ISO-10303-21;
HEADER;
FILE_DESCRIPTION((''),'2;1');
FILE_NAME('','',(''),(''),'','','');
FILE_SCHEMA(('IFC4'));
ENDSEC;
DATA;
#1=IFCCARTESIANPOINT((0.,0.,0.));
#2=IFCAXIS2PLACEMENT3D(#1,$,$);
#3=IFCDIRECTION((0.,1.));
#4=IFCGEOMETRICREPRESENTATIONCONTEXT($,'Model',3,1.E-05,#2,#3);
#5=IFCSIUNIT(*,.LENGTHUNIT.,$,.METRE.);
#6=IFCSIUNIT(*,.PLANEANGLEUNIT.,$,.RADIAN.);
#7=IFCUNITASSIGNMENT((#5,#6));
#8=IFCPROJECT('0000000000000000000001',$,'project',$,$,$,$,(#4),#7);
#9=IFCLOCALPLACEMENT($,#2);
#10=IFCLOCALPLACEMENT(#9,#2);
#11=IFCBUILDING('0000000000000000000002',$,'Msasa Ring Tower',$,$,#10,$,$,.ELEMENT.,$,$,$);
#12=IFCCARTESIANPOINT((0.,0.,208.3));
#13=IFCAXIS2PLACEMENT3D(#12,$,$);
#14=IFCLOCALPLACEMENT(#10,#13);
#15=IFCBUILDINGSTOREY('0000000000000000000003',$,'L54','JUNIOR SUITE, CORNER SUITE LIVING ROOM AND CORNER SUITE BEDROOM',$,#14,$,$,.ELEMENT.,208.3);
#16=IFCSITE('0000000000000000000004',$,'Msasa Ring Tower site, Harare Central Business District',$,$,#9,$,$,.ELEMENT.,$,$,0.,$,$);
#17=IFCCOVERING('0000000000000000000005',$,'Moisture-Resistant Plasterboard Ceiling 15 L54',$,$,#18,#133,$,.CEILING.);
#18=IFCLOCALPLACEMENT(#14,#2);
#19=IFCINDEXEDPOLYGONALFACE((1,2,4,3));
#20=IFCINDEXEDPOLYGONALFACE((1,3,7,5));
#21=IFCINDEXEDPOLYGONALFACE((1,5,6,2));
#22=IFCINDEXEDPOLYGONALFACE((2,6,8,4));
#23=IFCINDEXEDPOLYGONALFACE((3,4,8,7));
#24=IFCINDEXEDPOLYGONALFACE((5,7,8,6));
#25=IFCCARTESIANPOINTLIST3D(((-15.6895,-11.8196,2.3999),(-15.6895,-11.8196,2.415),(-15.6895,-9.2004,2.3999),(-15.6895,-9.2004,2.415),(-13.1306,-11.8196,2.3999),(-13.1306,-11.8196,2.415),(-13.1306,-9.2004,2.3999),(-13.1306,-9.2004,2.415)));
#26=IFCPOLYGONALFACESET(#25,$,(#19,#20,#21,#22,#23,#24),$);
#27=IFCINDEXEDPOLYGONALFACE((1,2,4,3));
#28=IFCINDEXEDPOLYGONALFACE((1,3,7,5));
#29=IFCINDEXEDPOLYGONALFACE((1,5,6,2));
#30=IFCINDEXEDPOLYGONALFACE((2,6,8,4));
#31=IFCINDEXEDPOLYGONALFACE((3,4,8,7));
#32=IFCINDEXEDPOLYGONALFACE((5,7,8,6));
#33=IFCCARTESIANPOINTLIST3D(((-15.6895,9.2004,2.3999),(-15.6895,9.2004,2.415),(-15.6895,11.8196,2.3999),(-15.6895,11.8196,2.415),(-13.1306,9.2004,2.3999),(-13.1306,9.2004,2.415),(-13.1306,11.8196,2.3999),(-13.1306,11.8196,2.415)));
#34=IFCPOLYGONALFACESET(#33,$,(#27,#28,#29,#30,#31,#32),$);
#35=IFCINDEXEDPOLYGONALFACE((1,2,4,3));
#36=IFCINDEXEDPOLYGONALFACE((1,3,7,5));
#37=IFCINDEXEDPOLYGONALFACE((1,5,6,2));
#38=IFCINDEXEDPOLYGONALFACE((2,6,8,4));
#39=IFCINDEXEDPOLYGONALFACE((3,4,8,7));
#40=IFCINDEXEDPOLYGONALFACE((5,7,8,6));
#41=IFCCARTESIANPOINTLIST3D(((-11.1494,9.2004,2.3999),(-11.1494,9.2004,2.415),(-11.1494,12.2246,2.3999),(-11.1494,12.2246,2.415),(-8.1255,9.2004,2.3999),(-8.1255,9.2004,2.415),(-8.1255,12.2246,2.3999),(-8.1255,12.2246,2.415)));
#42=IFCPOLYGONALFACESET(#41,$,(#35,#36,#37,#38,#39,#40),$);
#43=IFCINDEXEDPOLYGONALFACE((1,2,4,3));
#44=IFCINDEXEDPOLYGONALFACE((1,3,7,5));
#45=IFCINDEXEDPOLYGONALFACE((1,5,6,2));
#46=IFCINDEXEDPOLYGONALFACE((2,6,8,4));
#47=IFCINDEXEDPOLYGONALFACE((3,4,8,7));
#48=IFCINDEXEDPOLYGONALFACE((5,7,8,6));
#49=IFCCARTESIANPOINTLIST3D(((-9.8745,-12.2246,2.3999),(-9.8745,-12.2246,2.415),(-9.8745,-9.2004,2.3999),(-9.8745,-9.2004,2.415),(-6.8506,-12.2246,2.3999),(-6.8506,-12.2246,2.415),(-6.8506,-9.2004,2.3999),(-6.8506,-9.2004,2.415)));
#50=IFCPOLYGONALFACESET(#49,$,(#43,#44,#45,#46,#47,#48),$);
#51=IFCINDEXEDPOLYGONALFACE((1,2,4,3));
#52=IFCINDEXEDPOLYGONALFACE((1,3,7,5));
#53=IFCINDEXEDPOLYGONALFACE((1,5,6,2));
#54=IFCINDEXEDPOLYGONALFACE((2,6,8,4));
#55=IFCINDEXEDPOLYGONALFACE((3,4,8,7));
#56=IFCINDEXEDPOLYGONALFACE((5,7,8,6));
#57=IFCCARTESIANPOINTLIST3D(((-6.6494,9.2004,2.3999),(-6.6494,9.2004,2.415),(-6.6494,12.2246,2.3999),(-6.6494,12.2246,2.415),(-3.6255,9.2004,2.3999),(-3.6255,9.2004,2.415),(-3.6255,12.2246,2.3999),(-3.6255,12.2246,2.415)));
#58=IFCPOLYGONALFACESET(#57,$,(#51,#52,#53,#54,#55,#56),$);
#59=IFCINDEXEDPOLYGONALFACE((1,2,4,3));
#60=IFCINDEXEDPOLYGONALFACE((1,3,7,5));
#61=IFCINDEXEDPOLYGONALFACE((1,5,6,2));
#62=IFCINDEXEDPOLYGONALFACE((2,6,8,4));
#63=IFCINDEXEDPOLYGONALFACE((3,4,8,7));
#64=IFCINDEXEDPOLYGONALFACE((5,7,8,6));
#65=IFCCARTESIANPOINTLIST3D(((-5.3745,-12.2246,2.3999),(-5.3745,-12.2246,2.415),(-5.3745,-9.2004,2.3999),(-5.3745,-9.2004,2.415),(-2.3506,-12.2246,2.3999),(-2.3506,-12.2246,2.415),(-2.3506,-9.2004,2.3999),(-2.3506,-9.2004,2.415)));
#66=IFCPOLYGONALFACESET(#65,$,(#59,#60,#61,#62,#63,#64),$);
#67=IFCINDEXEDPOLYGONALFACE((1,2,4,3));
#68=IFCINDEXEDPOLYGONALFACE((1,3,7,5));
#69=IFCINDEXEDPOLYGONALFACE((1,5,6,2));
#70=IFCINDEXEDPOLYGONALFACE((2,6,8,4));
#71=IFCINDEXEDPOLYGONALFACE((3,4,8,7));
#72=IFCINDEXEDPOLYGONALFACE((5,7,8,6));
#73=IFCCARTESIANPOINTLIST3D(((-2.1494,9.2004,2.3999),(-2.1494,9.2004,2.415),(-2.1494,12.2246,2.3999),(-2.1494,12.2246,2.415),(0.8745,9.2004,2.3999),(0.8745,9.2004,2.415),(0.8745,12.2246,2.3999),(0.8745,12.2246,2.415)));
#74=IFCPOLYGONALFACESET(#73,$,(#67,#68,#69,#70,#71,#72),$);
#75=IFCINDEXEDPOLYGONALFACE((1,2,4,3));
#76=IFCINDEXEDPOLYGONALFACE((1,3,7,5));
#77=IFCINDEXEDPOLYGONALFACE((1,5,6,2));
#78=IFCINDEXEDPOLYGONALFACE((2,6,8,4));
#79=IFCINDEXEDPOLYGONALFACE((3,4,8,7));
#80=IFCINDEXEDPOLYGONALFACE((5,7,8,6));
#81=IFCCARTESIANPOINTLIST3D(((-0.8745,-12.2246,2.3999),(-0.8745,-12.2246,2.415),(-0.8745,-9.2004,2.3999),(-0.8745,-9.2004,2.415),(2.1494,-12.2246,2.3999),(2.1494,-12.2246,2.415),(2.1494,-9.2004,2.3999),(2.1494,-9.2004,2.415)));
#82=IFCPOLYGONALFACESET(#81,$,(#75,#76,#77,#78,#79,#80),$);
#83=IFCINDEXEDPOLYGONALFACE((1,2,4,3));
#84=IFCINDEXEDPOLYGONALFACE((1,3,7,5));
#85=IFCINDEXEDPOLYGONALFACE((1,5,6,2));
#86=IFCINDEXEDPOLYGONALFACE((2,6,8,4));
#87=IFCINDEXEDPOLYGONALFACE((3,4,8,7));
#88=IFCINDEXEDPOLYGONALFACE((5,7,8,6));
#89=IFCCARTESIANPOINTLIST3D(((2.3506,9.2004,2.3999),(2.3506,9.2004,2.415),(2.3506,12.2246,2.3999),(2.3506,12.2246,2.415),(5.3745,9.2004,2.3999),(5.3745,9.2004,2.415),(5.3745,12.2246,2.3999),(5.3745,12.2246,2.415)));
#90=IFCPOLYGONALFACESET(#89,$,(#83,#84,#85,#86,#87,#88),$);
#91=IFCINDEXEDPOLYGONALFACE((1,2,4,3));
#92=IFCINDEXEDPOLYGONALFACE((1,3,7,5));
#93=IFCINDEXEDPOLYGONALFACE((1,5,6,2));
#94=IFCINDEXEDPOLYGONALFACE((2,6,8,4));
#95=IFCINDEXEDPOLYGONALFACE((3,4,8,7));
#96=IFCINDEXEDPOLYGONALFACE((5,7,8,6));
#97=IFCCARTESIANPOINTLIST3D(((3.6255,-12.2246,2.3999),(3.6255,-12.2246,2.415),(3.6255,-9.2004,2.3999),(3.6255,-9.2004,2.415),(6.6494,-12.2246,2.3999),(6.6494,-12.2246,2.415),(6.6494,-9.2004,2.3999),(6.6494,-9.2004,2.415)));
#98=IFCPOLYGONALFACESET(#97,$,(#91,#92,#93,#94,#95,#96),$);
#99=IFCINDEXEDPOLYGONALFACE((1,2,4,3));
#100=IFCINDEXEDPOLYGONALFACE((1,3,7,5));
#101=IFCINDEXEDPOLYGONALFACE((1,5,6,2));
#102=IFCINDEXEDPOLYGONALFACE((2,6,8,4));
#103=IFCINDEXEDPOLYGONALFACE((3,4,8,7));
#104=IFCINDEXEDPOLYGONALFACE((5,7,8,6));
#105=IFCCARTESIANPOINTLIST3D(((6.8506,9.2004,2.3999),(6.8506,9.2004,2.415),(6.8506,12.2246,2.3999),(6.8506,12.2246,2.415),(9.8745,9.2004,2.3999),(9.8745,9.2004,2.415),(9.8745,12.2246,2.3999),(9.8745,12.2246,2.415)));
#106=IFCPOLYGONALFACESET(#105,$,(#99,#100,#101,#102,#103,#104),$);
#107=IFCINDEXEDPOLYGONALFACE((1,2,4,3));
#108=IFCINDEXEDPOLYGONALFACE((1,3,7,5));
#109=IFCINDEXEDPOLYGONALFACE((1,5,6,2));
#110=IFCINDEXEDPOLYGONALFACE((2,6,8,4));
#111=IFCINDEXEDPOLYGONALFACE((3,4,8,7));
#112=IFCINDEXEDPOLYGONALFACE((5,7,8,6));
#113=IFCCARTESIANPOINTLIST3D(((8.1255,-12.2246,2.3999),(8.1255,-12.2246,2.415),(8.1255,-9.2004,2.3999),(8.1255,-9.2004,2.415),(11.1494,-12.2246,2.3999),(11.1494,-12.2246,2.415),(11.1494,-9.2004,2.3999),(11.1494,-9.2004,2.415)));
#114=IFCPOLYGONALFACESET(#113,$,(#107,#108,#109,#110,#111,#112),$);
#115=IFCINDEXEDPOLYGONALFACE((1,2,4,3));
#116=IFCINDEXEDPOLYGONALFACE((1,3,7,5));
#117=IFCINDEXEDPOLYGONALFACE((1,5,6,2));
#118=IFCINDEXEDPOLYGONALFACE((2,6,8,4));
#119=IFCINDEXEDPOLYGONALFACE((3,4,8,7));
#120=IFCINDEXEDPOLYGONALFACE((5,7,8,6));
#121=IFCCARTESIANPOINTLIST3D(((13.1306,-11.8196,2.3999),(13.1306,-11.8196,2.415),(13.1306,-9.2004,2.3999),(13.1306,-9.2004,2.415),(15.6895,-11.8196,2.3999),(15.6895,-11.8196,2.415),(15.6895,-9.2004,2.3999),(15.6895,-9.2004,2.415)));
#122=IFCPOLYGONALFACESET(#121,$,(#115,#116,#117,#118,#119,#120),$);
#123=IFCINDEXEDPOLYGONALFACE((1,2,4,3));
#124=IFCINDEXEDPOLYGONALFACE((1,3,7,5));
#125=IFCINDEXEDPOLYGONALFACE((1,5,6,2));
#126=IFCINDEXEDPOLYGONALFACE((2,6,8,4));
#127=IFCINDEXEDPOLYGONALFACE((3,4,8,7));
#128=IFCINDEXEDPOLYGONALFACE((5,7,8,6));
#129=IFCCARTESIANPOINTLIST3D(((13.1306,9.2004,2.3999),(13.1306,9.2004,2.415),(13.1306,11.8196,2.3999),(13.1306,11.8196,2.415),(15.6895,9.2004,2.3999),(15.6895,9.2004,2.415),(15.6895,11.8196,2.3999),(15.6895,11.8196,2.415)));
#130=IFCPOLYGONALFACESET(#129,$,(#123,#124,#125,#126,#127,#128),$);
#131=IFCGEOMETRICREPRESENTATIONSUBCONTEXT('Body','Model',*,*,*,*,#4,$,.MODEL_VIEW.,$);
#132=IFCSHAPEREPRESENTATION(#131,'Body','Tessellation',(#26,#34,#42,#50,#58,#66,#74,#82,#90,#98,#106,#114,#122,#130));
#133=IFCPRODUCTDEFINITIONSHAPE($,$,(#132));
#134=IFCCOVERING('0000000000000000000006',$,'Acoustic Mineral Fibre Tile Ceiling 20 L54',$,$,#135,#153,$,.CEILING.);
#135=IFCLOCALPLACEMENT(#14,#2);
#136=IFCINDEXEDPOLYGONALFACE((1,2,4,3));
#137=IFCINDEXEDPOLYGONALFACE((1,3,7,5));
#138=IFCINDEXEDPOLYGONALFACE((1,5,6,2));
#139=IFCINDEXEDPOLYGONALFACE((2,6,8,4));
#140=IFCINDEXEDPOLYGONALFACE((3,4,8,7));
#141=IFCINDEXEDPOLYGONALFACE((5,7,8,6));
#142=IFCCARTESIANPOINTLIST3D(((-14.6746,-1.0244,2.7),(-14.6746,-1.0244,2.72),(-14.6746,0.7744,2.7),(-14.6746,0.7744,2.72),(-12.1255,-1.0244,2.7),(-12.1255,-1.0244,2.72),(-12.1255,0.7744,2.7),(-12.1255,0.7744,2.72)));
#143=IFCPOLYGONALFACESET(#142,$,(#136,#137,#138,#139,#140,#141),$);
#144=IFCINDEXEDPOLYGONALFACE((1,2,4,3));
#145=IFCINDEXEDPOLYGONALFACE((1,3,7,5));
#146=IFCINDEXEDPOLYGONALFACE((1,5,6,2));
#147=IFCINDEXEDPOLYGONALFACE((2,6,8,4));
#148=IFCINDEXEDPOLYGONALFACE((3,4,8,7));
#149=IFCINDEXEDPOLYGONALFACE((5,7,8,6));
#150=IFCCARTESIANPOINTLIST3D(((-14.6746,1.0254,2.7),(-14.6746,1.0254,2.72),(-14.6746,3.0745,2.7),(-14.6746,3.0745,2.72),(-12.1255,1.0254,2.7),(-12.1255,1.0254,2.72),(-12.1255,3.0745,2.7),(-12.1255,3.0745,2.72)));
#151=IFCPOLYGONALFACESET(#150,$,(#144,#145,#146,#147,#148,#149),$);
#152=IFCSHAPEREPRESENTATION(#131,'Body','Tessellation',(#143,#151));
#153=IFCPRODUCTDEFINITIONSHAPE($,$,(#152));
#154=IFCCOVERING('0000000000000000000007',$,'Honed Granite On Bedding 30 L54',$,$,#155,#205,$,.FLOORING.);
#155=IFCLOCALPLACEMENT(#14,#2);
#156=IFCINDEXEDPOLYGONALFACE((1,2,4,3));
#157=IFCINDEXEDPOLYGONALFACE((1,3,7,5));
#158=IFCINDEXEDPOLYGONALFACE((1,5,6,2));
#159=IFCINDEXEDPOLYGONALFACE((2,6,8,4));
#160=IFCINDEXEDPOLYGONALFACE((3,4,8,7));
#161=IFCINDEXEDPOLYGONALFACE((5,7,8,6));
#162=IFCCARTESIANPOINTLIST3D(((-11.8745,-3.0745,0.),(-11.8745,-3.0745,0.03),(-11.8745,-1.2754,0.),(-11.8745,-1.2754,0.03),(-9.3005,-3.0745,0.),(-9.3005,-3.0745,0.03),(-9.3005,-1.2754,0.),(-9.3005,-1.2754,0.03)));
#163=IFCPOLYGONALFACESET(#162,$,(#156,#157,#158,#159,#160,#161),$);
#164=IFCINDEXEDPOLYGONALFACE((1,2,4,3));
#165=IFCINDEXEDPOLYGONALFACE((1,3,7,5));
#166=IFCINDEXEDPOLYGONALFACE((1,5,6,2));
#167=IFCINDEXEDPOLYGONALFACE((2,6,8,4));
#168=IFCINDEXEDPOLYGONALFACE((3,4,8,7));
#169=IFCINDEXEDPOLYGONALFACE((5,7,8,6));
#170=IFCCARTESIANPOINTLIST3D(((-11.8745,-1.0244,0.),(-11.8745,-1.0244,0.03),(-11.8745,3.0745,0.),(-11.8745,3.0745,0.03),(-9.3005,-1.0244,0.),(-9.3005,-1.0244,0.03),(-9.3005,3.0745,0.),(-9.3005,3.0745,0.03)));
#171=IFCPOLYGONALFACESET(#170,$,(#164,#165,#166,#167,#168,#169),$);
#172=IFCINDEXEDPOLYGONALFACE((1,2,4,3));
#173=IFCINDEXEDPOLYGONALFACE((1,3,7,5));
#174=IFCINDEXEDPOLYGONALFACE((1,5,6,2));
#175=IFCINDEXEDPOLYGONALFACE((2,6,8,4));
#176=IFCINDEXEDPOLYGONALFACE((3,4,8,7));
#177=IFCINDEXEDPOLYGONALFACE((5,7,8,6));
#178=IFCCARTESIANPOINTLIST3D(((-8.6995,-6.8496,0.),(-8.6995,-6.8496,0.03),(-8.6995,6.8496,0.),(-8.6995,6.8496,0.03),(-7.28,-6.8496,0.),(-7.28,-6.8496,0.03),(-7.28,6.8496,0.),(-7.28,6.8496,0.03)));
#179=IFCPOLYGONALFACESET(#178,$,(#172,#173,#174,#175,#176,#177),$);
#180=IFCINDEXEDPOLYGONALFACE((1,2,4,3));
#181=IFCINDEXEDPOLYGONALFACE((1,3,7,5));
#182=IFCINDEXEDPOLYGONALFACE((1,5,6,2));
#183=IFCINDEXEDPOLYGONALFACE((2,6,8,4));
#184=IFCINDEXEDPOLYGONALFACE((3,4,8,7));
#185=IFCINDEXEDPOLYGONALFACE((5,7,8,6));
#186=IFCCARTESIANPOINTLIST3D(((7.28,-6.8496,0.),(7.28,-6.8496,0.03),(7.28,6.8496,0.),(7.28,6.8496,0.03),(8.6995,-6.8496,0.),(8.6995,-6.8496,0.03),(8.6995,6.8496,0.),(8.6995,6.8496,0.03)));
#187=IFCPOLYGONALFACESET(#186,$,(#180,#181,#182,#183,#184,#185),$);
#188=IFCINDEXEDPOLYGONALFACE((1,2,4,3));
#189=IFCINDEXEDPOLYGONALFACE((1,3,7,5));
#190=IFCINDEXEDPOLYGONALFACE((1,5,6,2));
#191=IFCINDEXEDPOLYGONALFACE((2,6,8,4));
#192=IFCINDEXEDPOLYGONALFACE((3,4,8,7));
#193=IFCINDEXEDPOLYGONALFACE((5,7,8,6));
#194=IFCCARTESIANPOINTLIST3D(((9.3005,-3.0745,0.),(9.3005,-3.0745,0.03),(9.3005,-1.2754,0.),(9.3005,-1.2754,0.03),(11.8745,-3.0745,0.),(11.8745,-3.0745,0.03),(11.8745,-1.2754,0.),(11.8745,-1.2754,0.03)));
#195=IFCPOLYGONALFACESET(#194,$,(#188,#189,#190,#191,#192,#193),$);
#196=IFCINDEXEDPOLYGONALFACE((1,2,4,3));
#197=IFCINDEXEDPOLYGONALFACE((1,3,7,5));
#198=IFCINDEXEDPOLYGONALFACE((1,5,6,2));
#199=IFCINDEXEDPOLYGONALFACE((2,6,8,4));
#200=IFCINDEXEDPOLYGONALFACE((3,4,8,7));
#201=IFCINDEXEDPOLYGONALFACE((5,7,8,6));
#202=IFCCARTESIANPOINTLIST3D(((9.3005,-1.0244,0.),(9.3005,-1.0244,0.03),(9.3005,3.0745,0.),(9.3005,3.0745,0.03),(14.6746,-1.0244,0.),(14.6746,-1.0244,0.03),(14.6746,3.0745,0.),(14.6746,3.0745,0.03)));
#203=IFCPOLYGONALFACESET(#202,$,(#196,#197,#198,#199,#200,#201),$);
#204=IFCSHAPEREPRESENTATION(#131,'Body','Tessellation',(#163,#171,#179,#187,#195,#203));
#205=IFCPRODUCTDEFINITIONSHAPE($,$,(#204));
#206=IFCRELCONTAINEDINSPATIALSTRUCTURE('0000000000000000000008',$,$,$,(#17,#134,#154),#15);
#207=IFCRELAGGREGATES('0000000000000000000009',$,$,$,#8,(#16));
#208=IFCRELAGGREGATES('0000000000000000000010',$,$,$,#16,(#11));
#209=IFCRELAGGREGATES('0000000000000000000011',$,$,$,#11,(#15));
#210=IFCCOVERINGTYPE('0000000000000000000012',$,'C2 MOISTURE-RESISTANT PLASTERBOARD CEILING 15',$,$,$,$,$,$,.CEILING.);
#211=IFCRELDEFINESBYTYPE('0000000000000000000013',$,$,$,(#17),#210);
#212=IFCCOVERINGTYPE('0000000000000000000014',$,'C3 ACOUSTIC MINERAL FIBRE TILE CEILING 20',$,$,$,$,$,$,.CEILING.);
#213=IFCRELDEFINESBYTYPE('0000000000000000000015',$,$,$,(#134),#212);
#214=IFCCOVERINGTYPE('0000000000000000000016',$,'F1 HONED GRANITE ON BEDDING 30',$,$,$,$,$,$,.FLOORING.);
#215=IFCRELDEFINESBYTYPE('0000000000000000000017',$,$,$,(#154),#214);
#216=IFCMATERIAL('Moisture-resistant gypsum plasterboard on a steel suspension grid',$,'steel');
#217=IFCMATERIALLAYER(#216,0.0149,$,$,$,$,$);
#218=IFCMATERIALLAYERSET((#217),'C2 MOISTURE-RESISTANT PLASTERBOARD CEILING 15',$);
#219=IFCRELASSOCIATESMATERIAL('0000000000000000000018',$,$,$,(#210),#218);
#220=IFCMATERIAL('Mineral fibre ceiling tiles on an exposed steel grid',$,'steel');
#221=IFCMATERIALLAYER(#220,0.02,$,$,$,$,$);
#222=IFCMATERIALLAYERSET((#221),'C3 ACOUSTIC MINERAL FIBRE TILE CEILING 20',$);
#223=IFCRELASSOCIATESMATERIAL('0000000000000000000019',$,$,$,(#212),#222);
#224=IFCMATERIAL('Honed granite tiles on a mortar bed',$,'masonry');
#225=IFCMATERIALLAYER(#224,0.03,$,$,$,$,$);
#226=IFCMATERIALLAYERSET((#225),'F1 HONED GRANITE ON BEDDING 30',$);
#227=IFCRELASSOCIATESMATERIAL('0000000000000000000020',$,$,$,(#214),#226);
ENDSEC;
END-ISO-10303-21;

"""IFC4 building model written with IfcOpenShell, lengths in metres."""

from ifc_helpers import new_model, si_unit, direction, frame, origin, place, context, subcontext, project, spatial, line, indexed_curve, outline, extrude, material, layer, layer_set, type_object, element, save


model = new_model("IFC4")

# Units and contexts
model_context = context("Model", 3, precision=1e-05, world=origin(), true_north=direction((0.0, 1.0)))
body_context = subcontext(model_context, "Body", "Model", "MODEL_VIEW")
ifc_project = project(units=[si_unit("LENGTHUNIT", "METRE"), si_unit("PLANEANGLEUNIT", "RADIAN")], contexts=[model_context])

# Site, building, storey
site_placement = place(None, origin())
site = spatial("IfcSite", under=ifc_project, at=site_placement, Name="Msasa Ring Tower site, Harare Central Business District", CompositionType="ELEMENT", RefElevation=0.0)
building_placement = place(site_placement, origin())
building = spatial("IfcBuilding", under=site, at=building_placement, Name="Msasa Ring Tower", CompositionType="ELEMENT")
storey_placement = place(building_placement, frame((0.0, 0.0, 208.3)))
storey = spatial("IfcBuildingStorey", under=building, at=storey_placement, Name="L54", Description="JUNIOR SUITE, CORNER SUITE LIVING ROOM AND CORNER SUITE BEDROOM", CompositionType="ELEMENT", Elevation=208.3)

# Coverings
ifc_material_1 = material(Name="Moisture-resistant gypsum plasterboard on a steel suspension grid", Category="steel")
ifc_layer_1 = layer(ifc_material_1, 0.0149)
ifc_layer_set_1 = layer_set([ifc_layer_1], Name="C2 MOISTURE-RESISTANT PLASTERBOARD CEILING 15")
covering_type_1 = type_object("IfcCoveringType", Name="C2 MOISTURE-RESISTANT PLASTERBOARD CEILING 15", PredefinedType="CEILING", material=ifc_layer_set_1)
covering_1_placement = place(storey_placement, frame((0.0, 0.0, 2.3999)))
element("IfcCovering", 1, at=covering_1_placement, inside=storey, type_object=covering_type_1, Name="Moisture-Resistant Plasterboard Ceiling 15 L54", PredefinedType="CEILING", context=body_context, shape_type="SweptSolid", body=[
    extrude(outline(indexed_curve([(-15.6895, -9.2004), (-13.1306, -9.2004), (-13.1306, -11.8196), (-15.6895, -11.8196)], segments=[line(1, 2, 3, 4, 1)], self_intersect=False)), origin(), (0.0, 0.0, 1.0), 0.0151),
    extrude(outline(indexed_curve([(-15.6895, 11.8196), (-13.1306, 11.8196), (-13.1306, 9.2004), (-15.6895, 9.2004)], segments=[line(1, 2, 3, 4, 1)], self_intersect=False)), origin(), (0.0, 0.0, 1.0), 0.0151),
    extrude(outline(indexed_curve([(-11.1494, 12.2246), (-8.1255, 12.2246), (-8.1255, 9.2004), (-11.1494, 9.2004)], segments=[line(1, 2, 3, 4, 1)], self_intersect=False)), origin(), (0.0, 0.0, 1.0), 0.0151),
    extrude(outline(indexed_curve([(-6.8506, -9.2004), (-6.8506, -12.2246), (-9.8745, -12.2246), (-9.8745, -9.2004)], segments=[line(1, 2, 3, 4, 1)], self_intersect=False)), origin(), (0.0, 0.0, 1.0), 0.0151),
    extrude(outline(indexed_curve([(-6.6494, 9.2004), (-6.6494, 12.2246), (-3.6255, 12.2246), (-3.6255, 9.2004)], segments=[line(1, 2, 3, 4, 1)], self_intersect=False)), origin(), (0.0, 0.0, 1.0), 0.0151),
    extrude(outline(indexed_curve([(-2.3506, -9.2004), (-2.3506, -12.2246), (-5.3745, -12.2246), (-5.3745, -9.2004)], segments=[line(1, 2, 3, 4, 1)], self_intersect=False)), origin(), (0.0, 0.0, 1.0), 0.0151),
    extrude(outline(indexed_curve([(-2.1494, 12.2246), (0.8745, 12.2246), (0.8745, 9.2004), (-2.1494, 9.2004)], segments=[line(1, 2, 3, 4, 1)], self_intersect=False)), origin(), (0.0, 0.0, 1.0), 0.0151),
    extrude(outline(indexed_curve([(2.1494, -9.2004), (2.1494, -12.2246), (-0.8745, -12.2246), (-0.8745, -9.2004)], segments=[line(1, 2, 3, 4, 1)], self_intersect=False)), origin(), (0.0, 0.0, 1.0), 0.0151),
    extrude(outline(indexed_curve([(2.3506, 12.2246), (5.3745, 12.2246), (5.3745, 9.2004), (2.3506, 9.2004)], segments=[line(1, 2, 3, 4, 1)], self_intersect=False)), origin(), (0.0, 0.0, 1.0), 0.0151),
    extrude(outline(indexed_curve([(6.6494, -9.2004), (6.6494, -12.2246), (3.6255, -12.2246), (3.6255, -9.2004)], segments=[line(1, 2, 3, 4, 1)], self_intersect=False)), origin(), (0.0, 0.0, 1.0), 0.0151),
    extrude(outline(indexed_curve([(6.8506, 9.2004), (6.8506, 12.2246), (9.8745, 12.2246), (9.8745, 9.2004)], segments=[line(1, 2, 3, 4, 1)], self_intersect=False)), origin(), (0.0, 0.0, 1.0), 0.0151),
    extrude(outline(indexed_curve([(11.1494, -9.2004), (11.1494, -12.2246), (8.1255, -12.2246), (8.1255, -9.2004)], segments=[line(1, 2, 3, 4, 1)], self_intersect=False)), origin(), (0.0, 0.0, 1.0), 0.0151),
    extrude(outline(indexed_curve([(13.1306, -9.2004), (15.6895, -9.2004), (15.6895, -11.8196), (13.1306, -11.8196)], segments=[line(1, 2, 3, 4, 1)], self_intersect=False)), origin(), (0.0, 0.0, 1.0), 0.0151),
    extrude(outline(indexed_curve([(13.1306, 11.8196), (15.6895, 11.8196), (15.6895, 9.2004), (13.1306, 9.2004)], segments=[line(1, 2, 3, 4, 1)], self_intersect=False)), origin(), (0.0, 0.0, 1.0), 0.0151),
])
ifc_material_2 = material(Name="Mineral fibre ceiling tiles on an exposed steel grid", Category="steel")
ifc_layer_2 = layer(ifc_material_2, 0.02)
ifc_layer_set_2 = layer_set([ifc_layer_2], Name="C3 ACOUSTIC MINERAL FIBRE TILE CEILING 20")
covering_type_2 = type_object("IfcCoveringType", Name="C3 ACOUSTIC MINERAL FIBRE TILE CEILING 20", PredefinedType="CEILING", material=ifc_layer_set_2)
covering_2_placement = place(storey_placement, frame((0.0, 0.0, 2.7)))
element("IfcCovering", 2, at=covering_2_placement, inside=storey, type_object=covering_type_2, Name="Acoustic Mineral Fibre Tile Ceiling 20 L54", PredefinedType="CEILING", context=body_context, shape_type="SweptSolid", body=[
    extrude(outline(indexed_curve([(-12.1255, -1.0244), (-14.6746, -1.0244), (-14.6746, 0.7744), (-12.1255, 0.7744)], segments=[line(1, 2, 3, 4, 1)], self_intersect=False)), origin(), (0.0, 0.0, 1.0), 0.02),
    extrude(outline(indexed_curve([(-12.1255, 3.0745), (-12.1255, 1.0254), (-14.6746, 1.0254), (-14.6746, 3.0745)], segments=[line(1, 2, 3, 4, 1)], self_intersect=False)), origin(), (0.0, 0.0, 1.0), 0.02),
])
ifc_material_3 = material(Name="Honed granite tiles on a mortar bed", Category="masonry")
ifc_layer_3 = layer(ifc_material_3, 0.03)
ifc_layer_set_3 = layer_set([ifc_layer_3], Name="F1 HONED GRANITE ON BEDDING 30")
covering_type_3 = type_object("IfcCoveringType", Name="F1 HONED GRANITE ON BEDDING 30", PredefinedType="FLOORING", material=ifc_layer_set_3)
covering_3_placement = place(storey_placement, origin())
element("IfcCovering", 3, at=covering_3_placement, inside=storey, type_object=covering_type_3, Name="Honed Granite On Bedding 30 L54", PredefinedType="FLOORING", context=body_context, shape_type="SweptSolid", body=[
    extrude(outline(indexed_curve([(-11.8745, -3.0745), (-11.8745, -1.2754), (-9.3005, -1.2754), (-9.3005, -3.0745)], segments=[line(1, 2, 3, 4, 1)], self_intersect=False)), origin(), (0.0, 0.0, 1.0), 0.03),
    extrude(outline(indexed_curve([(-11.8745, 3.0745), (-9.3005, 3.0745), (-9.3005, -1.0244), (-11.8745, -1.0244)], segments=[line(1, 2, 3, 4, 1)], self_intersect=False)), origin(), (0.0, 0.0, 1.0), 0.03),
    extrude(outline(indexed_curve([(-8.6995, 6.8496), (-7.28, 6.8496), (-7.28, -6.8496), (-8.6995, -6.8496)], segments=[line(1, 2, 3, 4, 1)], self_intersect=False)), origin(), (0.0, 0.0, 1.0), 0.03),
    extrude(outline(indexed_curve([(7.28, -6.8496), (7.28, 6.8496), (8.6995, 6.8496), (8.6995, -6.8496)], segments=[line(1, 2, 3, 4, 1)], self_intersect=False)), origin(), (0.0, 0.0, 1.0), 0.03),
    extrude(outline(indexed_curve([(9.3005, -1.2754), (11.8745, -1.2754), (11.8745, -3.0745), (9.3005, -3.0745)], segments=[line(1, 2, 3, 4, 1)], self_intersect=False)), origin(), (0.0, 0.0, 1.0), 0.03),
    extrude(outline(indexed_curve([(9.3005, 3.0745), (14.6746, 3.0745), (14.6746, -1.0244), (9.3005, -1.0244)], segments=[line(1, 2, 3, 4, 1)], self_intersect=False)), origin(), (0.0, 0.0, 1.0), 0.03),
])

save(model, "model.ifc")
